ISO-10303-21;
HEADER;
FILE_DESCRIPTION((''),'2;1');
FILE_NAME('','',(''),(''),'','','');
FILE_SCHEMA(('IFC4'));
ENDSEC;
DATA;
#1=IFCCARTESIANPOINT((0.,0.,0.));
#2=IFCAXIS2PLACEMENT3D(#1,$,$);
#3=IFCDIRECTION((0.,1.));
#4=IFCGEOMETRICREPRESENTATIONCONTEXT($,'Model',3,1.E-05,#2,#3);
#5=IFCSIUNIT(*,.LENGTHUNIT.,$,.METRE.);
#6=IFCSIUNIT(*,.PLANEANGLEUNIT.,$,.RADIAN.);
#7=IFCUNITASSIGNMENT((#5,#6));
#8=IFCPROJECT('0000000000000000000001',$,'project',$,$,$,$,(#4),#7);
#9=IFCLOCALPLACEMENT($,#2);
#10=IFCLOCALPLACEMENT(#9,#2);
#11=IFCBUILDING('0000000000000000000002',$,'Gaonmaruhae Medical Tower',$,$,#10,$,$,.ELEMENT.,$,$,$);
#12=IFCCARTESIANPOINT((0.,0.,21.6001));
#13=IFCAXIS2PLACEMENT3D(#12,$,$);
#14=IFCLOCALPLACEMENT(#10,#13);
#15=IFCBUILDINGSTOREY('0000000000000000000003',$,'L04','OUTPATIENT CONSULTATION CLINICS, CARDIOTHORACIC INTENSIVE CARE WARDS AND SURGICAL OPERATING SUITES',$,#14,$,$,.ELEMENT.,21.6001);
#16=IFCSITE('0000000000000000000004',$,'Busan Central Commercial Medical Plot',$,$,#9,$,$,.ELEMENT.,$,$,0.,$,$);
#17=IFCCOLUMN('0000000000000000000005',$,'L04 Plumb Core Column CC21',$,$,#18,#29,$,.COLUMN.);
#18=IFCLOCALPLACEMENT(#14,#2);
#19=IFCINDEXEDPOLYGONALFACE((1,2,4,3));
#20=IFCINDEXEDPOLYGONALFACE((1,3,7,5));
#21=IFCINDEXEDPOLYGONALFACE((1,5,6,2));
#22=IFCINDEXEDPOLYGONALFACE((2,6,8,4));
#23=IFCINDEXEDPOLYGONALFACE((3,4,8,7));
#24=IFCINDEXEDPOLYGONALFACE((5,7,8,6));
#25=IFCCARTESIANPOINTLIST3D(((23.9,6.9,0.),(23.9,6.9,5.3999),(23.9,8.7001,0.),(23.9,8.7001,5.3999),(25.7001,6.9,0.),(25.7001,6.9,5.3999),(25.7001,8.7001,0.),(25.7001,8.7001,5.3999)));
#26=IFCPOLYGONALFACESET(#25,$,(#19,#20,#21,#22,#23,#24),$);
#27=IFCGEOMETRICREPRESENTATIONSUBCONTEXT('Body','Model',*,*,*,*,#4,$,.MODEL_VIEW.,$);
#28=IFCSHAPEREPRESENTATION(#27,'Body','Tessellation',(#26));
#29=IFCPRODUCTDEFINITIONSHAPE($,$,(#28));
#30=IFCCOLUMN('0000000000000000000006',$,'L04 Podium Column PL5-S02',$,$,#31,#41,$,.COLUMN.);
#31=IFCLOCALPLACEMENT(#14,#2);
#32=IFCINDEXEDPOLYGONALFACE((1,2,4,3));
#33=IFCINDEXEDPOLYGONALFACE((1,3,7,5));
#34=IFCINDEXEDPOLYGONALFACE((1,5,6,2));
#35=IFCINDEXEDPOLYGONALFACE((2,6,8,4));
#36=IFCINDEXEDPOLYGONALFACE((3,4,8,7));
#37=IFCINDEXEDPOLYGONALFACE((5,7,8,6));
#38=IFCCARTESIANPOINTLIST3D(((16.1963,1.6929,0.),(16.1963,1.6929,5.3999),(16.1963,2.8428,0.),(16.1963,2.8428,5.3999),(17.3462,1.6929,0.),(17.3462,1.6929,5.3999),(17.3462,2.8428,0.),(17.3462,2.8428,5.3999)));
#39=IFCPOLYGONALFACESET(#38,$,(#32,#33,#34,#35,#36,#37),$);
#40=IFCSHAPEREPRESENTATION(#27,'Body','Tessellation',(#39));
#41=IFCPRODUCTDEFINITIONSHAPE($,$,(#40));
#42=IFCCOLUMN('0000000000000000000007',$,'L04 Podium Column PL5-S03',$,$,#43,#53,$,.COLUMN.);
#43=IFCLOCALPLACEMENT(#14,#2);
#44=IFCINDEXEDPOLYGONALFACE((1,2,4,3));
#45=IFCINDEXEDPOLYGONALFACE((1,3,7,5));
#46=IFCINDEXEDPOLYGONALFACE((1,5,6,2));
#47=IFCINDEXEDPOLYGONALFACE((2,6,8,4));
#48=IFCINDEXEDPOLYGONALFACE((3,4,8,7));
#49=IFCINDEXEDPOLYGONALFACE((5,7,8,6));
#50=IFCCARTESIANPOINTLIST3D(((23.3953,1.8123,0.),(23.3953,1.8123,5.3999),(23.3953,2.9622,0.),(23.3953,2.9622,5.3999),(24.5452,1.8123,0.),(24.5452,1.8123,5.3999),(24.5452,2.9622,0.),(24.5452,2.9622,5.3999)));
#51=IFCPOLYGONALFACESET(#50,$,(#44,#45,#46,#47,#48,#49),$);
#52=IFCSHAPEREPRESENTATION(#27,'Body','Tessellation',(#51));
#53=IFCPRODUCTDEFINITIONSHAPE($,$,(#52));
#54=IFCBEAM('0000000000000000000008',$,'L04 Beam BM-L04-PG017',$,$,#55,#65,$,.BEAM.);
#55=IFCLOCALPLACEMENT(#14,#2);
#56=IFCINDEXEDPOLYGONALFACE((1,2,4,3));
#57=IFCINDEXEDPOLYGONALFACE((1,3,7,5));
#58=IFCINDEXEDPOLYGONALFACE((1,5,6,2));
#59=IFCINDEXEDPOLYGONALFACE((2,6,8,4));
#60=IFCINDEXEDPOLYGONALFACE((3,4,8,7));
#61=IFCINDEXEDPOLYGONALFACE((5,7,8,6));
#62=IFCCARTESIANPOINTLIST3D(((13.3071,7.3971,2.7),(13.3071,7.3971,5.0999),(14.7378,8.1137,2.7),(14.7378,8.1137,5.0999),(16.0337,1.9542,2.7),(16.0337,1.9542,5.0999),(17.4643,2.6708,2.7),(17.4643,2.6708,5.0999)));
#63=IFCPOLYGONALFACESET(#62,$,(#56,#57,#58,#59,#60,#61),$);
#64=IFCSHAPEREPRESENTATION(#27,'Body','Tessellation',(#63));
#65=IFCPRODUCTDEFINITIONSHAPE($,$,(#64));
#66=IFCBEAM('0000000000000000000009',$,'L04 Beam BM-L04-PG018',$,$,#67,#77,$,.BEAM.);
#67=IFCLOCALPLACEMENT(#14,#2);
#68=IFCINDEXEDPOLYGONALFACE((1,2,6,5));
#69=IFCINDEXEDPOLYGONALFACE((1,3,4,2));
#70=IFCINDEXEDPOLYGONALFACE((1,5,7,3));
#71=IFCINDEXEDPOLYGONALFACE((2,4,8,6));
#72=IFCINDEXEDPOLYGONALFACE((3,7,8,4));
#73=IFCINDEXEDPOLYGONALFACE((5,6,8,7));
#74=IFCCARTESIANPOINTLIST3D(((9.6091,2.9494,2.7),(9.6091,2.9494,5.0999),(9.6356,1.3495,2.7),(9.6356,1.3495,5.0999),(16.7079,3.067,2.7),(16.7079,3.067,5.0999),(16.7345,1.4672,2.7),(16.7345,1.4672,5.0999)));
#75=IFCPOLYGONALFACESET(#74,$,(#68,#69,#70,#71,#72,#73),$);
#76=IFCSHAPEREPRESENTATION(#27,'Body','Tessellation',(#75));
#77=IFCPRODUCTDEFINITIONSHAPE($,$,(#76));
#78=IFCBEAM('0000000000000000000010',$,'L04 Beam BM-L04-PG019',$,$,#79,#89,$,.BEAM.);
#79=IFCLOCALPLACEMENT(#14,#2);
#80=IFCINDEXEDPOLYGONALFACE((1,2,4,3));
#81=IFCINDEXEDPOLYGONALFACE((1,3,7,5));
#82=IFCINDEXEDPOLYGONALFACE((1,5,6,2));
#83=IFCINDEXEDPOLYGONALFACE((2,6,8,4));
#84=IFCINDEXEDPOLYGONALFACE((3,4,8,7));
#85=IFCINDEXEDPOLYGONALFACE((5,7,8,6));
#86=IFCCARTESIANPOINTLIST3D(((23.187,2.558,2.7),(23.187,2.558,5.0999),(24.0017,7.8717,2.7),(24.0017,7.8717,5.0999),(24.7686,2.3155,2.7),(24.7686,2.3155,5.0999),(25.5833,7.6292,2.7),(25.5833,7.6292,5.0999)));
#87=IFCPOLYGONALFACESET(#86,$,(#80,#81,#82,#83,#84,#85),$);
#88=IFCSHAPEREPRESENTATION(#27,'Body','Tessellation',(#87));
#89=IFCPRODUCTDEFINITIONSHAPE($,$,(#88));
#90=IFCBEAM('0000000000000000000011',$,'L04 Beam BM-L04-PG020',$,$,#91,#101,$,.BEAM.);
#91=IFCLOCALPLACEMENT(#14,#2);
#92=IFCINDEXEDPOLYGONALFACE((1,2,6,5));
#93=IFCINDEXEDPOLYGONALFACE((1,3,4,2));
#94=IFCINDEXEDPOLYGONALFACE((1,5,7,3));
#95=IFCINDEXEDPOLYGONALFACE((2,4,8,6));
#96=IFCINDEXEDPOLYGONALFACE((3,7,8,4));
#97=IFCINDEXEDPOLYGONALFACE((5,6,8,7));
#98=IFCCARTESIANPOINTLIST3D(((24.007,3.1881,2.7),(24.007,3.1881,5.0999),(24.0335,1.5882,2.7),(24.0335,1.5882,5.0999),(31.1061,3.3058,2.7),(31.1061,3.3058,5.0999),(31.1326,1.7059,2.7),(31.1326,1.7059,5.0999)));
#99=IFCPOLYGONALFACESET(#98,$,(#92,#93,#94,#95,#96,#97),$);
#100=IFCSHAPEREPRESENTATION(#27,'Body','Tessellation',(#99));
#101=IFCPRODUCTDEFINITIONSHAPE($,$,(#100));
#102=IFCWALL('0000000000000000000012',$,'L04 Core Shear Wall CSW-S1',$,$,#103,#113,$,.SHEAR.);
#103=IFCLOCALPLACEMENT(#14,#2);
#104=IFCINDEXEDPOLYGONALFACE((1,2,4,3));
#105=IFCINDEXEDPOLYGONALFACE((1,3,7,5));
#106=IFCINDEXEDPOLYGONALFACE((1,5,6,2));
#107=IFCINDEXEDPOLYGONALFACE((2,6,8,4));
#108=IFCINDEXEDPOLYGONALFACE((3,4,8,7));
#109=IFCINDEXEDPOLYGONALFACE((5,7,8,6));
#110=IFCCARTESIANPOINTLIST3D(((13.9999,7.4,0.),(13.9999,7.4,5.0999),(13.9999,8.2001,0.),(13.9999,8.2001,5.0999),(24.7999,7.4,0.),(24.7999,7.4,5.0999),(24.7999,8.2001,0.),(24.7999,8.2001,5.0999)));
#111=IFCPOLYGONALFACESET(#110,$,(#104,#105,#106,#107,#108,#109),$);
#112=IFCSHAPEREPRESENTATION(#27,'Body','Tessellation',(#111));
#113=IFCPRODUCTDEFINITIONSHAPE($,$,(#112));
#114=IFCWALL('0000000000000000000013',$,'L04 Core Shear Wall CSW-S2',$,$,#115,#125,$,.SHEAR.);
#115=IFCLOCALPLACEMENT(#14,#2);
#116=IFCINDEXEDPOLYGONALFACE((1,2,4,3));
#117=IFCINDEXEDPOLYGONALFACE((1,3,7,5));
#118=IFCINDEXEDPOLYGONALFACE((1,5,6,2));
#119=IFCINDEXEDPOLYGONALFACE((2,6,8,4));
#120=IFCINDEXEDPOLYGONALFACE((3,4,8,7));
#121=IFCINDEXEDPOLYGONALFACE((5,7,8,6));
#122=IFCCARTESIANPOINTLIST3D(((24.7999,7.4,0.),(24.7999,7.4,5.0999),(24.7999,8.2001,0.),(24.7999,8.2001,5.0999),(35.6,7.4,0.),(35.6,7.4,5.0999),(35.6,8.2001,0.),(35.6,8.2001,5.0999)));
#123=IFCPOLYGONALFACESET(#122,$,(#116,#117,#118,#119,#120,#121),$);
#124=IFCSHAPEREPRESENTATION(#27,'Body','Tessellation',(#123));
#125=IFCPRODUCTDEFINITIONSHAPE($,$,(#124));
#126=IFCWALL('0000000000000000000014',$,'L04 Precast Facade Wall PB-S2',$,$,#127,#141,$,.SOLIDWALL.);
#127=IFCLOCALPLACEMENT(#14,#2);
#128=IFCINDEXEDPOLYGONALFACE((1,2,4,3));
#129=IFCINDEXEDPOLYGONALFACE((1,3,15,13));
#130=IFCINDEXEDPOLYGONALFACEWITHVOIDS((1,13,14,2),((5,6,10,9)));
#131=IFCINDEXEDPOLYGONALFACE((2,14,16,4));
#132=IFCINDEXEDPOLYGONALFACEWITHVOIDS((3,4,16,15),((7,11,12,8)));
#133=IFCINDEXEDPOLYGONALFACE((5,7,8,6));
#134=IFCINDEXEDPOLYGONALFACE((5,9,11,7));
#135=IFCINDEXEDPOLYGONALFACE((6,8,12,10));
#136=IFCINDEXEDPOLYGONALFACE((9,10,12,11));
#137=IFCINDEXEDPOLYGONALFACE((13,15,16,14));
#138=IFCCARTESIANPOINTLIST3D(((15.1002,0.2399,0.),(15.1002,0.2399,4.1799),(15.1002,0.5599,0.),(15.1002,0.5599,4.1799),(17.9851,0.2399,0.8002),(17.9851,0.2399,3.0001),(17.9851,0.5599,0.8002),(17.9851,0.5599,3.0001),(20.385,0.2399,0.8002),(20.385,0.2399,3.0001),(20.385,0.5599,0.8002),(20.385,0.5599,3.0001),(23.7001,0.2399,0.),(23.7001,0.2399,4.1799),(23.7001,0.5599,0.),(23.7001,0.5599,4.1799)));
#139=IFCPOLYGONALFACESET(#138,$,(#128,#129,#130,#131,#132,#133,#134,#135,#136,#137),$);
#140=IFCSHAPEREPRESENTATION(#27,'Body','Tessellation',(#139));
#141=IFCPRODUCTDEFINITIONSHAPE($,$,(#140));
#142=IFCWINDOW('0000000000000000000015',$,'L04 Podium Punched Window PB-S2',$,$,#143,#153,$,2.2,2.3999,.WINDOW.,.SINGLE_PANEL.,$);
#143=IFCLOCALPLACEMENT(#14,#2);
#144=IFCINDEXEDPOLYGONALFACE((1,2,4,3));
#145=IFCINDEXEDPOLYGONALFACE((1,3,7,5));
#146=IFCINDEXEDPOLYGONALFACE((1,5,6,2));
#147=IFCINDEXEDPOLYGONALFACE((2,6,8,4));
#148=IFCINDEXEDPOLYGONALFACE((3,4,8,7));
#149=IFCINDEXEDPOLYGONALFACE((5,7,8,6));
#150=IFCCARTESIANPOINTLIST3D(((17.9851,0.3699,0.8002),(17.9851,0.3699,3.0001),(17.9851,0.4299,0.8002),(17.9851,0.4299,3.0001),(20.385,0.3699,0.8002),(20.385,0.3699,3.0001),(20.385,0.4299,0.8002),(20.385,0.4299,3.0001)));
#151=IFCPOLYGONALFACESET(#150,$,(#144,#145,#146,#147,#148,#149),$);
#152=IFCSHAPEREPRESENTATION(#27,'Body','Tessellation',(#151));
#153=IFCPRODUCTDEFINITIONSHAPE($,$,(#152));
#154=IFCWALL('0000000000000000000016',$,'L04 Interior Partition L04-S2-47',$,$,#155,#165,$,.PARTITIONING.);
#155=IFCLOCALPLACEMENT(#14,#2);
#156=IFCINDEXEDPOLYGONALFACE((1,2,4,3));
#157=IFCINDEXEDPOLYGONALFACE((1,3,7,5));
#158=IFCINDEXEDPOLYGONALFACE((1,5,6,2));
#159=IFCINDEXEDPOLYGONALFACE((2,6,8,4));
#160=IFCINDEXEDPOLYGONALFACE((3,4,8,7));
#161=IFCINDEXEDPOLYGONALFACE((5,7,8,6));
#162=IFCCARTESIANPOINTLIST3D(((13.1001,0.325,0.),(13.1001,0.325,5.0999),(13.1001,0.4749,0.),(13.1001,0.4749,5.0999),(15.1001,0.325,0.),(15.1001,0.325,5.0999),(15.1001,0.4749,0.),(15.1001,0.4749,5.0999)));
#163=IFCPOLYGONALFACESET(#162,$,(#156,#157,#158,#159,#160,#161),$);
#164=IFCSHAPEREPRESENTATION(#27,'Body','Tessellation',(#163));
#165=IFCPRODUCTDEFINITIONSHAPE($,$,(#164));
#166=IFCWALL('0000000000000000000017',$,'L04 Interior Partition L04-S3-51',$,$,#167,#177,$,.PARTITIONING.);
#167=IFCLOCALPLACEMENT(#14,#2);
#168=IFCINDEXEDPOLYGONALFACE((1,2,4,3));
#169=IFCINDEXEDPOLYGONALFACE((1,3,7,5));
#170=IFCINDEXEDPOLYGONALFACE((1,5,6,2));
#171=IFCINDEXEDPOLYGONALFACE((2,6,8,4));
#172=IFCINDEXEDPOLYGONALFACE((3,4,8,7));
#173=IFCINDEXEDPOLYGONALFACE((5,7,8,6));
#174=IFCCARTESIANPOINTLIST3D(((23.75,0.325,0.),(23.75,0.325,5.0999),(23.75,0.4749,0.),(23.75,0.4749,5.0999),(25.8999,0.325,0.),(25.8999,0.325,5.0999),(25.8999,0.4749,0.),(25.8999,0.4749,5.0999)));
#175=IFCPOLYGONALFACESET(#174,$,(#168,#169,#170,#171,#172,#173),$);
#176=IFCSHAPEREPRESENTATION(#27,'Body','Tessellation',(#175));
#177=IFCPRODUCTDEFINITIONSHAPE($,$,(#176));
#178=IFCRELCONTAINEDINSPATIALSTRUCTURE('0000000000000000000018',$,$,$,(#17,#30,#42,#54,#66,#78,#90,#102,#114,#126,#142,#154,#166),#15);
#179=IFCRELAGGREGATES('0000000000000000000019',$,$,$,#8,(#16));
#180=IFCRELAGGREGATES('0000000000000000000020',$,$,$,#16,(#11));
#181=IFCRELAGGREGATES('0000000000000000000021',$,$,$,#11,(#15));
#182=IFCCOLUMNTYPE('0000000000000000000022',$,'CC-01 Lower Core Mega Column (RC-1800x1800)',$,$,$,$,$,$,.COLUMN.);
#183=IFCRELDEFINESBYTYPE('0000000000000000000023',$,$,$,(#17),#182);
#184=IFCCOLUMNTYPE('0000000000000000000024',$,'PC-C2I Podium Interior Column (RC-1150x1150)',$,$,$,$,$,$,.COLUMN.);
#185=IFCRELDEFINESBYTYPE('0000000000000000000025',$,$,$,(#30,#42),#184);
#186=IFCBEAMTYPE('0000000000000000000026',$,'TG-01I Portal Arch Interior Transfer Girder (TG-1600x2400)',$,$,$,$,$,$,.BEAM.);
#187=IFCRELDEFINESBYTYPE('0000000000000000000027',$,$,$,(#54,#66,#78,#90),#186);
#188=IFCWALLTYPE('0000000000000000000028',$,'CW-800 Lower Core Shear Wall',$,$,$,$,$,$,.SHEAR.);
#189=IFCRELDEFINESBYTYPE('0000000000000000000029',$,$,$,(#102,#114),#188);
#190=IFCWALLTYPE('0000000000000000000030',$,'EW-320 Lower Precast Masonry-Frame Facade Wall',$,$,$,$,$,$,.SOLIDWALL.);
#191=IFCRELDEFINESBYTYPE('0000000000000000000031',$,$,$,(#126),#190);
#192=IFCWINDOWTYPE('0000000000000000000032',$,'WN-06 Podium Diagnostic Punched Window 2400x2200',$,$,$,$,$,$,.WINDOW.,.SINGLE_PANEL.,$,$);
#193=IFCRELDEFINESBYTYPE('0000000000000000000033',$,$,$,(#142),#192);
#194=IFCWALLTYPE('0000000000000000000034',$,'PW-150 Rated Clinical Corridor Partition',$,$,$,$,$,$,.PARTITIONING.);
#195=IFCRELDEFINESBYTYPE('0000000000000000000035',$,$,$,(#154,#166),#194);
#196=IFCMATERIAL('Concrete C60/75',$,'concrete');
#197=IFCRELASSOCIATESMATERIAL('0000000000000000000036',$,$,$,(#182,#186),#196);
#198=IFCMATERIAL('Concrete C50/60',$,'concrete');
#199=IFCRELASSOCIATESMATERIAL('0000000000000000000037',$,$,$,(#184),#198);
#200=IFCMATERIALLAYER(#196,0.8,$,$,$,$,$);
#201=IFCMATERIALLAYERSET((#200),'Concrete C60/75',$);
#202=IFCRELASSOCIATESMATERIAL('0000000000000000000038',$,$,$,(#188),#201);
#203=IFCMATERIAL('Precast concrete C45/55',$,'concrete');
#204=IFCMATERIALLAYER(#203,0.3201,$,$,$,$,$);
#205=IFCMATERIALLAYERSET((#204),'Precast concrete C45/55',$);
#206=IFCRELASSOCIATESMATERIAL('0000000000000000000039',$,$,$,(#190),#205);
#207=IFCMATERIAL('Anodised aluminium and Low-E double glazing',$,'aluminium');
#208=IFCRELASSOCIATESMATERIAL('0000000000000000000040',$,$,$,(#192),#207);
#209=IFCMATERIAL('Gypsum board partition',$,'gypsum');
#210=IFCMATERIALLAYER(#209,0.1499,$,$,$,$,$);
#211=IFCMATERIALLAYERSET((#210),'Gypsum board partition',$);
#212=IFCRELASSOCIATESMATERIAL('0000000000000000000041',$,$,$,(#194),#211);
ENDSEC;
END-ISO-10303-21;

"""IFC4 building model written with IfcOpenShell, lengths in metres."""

from ifc_helpers import new_model, si_unit, direction, frame, frame_2d, origin, origin_2d, place, context, subcontext, project, spatial, rectangle, extrude, material, layer, layer_set, material_profile, profile_set, type_object, element, fill, save


model = new_model("IFC4")

# Units and contexts
model_context = context("Model", 3, precision=1e-05, world=origin(), true_north=direction((0.0, 1.0)))
body_context = subcontext(model_context, "Body", "Model", "MODEL_VIEW")
ifc_project = project(units=[si_unit("LENGTHUNIT", "METRE"), si_unit("PLANEANGLEUNIT", "RADIAN")], contexts=[model_context])

# Site, building, storey
site_placement = place(None, origin())
site = spatial("IfcSite", under=ifc_project, at=site_placement, Name="Busan Central Commercial Medical Plot", CompositionType="ELEMENT", RefElevation=0.0)
building_placement = place(site_placement, origin())
building = spatial("IfcBuilding", under=site, at=building_placement, Name="Gaonmaruhae Medical Tower", CompositionType="ELEMENT")
storey_placement = place(building_placement, frame((0.0, 0.0, 21.6001)))
storey = spatial("IfcBuildingStorey", under=building, at=storey_placement, Name="L04", Description="OUTPATIENT CONSULTATION CLINICS, CARDIOTHORACIC INTENSIVE CARE WARDS AND SURGICAL OPERATING SUITES", CompositionType="ELEMENT", Elevation=21.6001)

# Columns
ifc_material_1 = material(Name="Concrete C60/75", Category="concrete")
ifc_material_profile_1 = material_profile(ifc_material_1, rectangle(XDim=1.8, YDim=1.8, at=origin_2d()), Name="RC-1800x1800")
ifc_profile_set_1 = profile_set([ifc_material_profile_1], Name="Concrete C60/75")
column_type_1 = type_object("IfcColumnType", Name="CC-01 Lower Core Mega Column (RC-1800x1800)", PredefinedType="COLUMN", material=ifc_profile_set_1)
column_placement = place(storey_placement, frame((24.8, 7.8, 0.0), z_axis=(0.0, 0.0, 1.0), x_axis=(1.0, 0.0, 0.0)))
element("IfcColumn", 1, at=column_placement, inside=storey, type_object=column_type_1, Name="L04 Plumb Core Column CC21", PredefinedType="COLUMN", context=body_context, shape_type="SweptSolid", body=[
    extrude(rectangle(XDim=1.8, YDim=1.8, at=origin_2d()), origin(), (0.0, 0.0, 1.0), 5.3999),
])
ifc_material_2 = material(Name="Concrete C50/60", Category="concrete")
ifc_material_profile_2 = material_profile(ifc_material_2, rectangle(XDim=1.1499, YDim=1.1499, at=origin_2d()), Name="RC-1150x1150")
ifc_profile_set_2 = profile_set([ifc_material_profile_2], Name="Concrete C50/60")
column_type_2 = type_object("IfcColumnType", Name="PC-C2I Podium Interior Column (RC-1150x1150)", PredefinedType="COLUMN", material=ifc_profile_set_2)
for number, where, z_axis, x_axis, name in (
    (2, (16.7712, 2.2678, 0.0), (0.0, 0.0, 1.0), (1.0, 0.0, 0.0), "L04 Podium Column PL5-S02"),
    (3, (23.9702, 2.3872, 0.0), (0.0, 0.0, 1.0), (1.0, 0.0, 0.0), "L04 Podium Column PL5-S03"),
):
    element("IfcColumn", number, at=place(storey_placement, frame(where, z_axis=z_axis, x_axis=x_axis)), inside=storey, type_object=column_type_2, Name=name, PredefinedType="COLUMN", context=body_context, shape_type="SweptSolid", body=[
        extrude(rectangle(XDim=1.1499, YDim=1.1499, at=origin_2d()), origin(), (0.0, 0.0, 1.0), 5.3999),
    ])

# Beams
ifc_material_profile_3 = material_profile(ifc_material_1, rectangle(XDim=1.6001, YDim=2.3999, at=origin_2d()), Name="TG-1600x2400")
ifc_profile_set_3 = profile_set([ifc_material_profile_3], Name="Concrete C60/75")
beam_type = type_object("IfcBeamType", Name="TG-01I Portal Arch Interior Transfer Girder (TG-1600x2400)", PredefinedType="BEAM", material=ifc_profile_set_3)
beam_1_placement = place(storey_placement, frame((16.749, 2.3125, 3.8999), z_axis=(-0.447887, 0.89409, 0.0), x_axis=(-0.89409, -0.447887, 0.0)))
element("IfcBeam", 4, at=beam_1_placement, inside=storey, type_object=beam_type, Name="L04 Beam BM-L04-PG017", PredefinedType="BEAM", context=body_context, shape_type="SweptSolid", body=[
    extrude(rectangle(XDim=1.6001, YDim=2.3999, at=origin_2d()), origin(), (0.0, 0.0, 1.0), 6.0876),
])
beam_2_placement = place(storey_placement, frame((16.7212, 2.2671, 3.8999), z_axis=(-0.999863, -0.016574, 0.0), x_axis=(0.016574, -0.999863, 0.0)))
element("IfcBeam", 5, at=beam_2_placement, inside=storey, type_object=beam_type, Name="L04 Beam BM-L04-PG018", PredefinedType="BEAM", context=body_context, shape_type="SweptSolid", body=[
    extrude(rectangle(XDim=1.6001, YDim=2.3999, at=origin_2d()), origin(), (0.0, 0.0, 1.0), 7.0999),
])
beam_3_placement = place(storey_placement, frame((23.9778, 2.4368, 3.8999), z_axis=(0.151549, 0.98845, 0.0), x_axis=(-0.98845, 0.151549, 0.0)))
element("IfcBeam", 6, at=beam_3_placement, inside=storey, type_object=beam_type, Name="L04 Beam BM-L04-PG019", PredefinedType="BEAM", context=body_context, shape_type="SweptSolid", body=[
    extrude(rectangle(XDim=1.6001, YDim=2.3999, at=origin_2d()), origin(), (0.0, 0.0, 1.0), 5.3757),
])
beam_4_placement = place(storey_placement, frame((24.0203, 2.3882, 3.8999), z_axis=(0.999863, 0.016574, 0.0), x_axis=(-0.016574, 0.999863, 0.0)))
element("IfcBeam", 7, at=beam_4_placement, inside=storey, type_object=beam_type, Name="L04 Beam BM-L04-PG020", PredefinedType="BEAM", context=body_context, shape_type="SweptSolid", body=[
    extrude(rectangle(XDim=1.6001, YDim=2.3999, at=origin_2d()), origin(), (0.0, 0.0, 1.0), 7.1001),
])

# Walls
ifc_layer_1 = layer(ifc_material_1, 0.8)
ifc_layer_set_1 = layer_set([ifc_layer_1], Name="Concrete C60/75")
wall_type_1 = type_object("IfcWallType", Name="CW-800 Lower Core Shear Wall", PredefinedType="SHEAR", material=ifc_layer_set_1)
for number, where, z_axis, x_axis, name in (
    (8, (14.0, 7.8, 0.0), (0.0, 0.0, 1.0), (1.0, 0.0, 0.0), "L04 Core Shear Wall CSW-S1"),
    (9, (24.8, 7.8, 0.0), (0.0, 0.0, 1.0), (1.0, 0.0, 0.0), "L04 Core Shear Wall CSW-S2"),
):
    element("IfcWall", number, at=place(storey_placement, frame(where, z_axis=z_axis, x_axis=x_axis)), inside=storey, type_object=wall_type_1, Name=name, PredefinedType="SHEAR", context=body_context, shape_type="SweptSolid", body=[
        extrude(rectangle(XDim=10.8, YDim=0.8, at=frame_2d((5.3999, 0.0))), origin(), (0.0, 0.0, 1.0), 5.0999),
    ])

# Wall, opening, window
ifc_material_3 = material(Name="Precast concrete C45/55", Category="concrete")
ifc_layer_2 = layer(ifc_material_3, 0.3201)
ifc_layer_set_2 = layer_set([ifc_layer_2], Name="Precast concrete C45/55")
wall_type_2 = type_object("IfcWallType", Name="EW-320 Lower Precast Masonry-Frame Facade Wall", PredefinedType="SOLIDWALL", material=ifc_layer_set_2)
wall_1_placement = place(storey_placement, frame((23.7, 0.3999, 0.0), z_axis=(0.0, 0.0, 1.0), x_axis=(-1.0, 0.0, 0.0)))
wall_1 = element("IfcWall", 10, at=wall_1_placement, inside=storey, type_object=wall_type_2, Name="L04 Precast Facade Wall PB-S2", PredefinedType="SOLIDWALL", context=body_context, shape_type="SweptSolid", body=[
    extrude(rectangle(XDim=8.5999, YDim=0.3201, at=frame_2d((4.2998, 0.0))), origin(), (0.0, 0.0, 1.0), 4.1799),
])
opening_1_placement = place(wall_1_placement, frame((3.3149, 0.0, 0.8)))
opening_1 = element("IfcOpeningElement", 11, at=opening_1_placement, cuts=wall_1, PredefinedType="OPENING", context=body_context, shape_type="SweptSolid", body=[
    extrude(rectangle(XDim=2.3999, YDim=2.2, at=frame_2d((1.2, 1.1001))), frame((0.0, 0.1699, 0.0), z_axis=(0.0, -1.0, 0.0), x_axis=(1.0, 0.0, 0.0)), (0.0, 0.0, 1.0), 0.3401),
])
ifc_material_4 = material(Name="Anodised aluminium and Low-E double glazing", Category="aluminium")
window_type = type_object("IfcWindowType", Name="WN-06 Podium Diagnostic Punched Window 2400x2200", PartitioningType="SINGLE_PANEL", PredefinedType="WINDOW", material=ifc_material_4)
window_placement = place(opening_1_placement, origin())
window = element("IfcWindow", 12, at=window_placement, inside=storey, type_object=window_type, Name="L04 Podium Punched Window PB-S2", OverallHeight=2.2, OverallWidth=2.3999, PartitioningType="SINGLE_PANEL", PredefinedType="WINDOW", context=body_context, shape_type="SweptSolid", body=[
    extrude(rectangle(XDim=2.3999, YDim=2.2, at=frame_2d((1.2, 1.1001))), frame((0.0, 0.03, 0.0), z_axis=(0.0, -1.0, 0.0), x_axis=(1.0, 0.0, 0.0)), (0.0, 0.0, 1.0), 0.0601),
])
fill(opening_1, window)

# Wall
ifc_material_5 = material(Name="Gypsum board partition", Category="gypsum")
ifc_layer_3 = layer(ifc_material_5, 0.1499)
ifc_layer_set_3 = layer_set([ifc_layer_3], Name="Gypsum board partition")
wall_type_3 = type_object("IfcWallType", Name="PW-150 Rated Clinical Corridor Partition", PredefinedType="PARTITIONING", material=ifc_layer_set_3)
wall_2_placement = place(storey_placement, frame((15.1001, 0.3999, 0.0), z_axis=(0.0, 0.0, 1.0), x_axis=(-1.0, 0.0, 0.0)))
element("IfcWall", 13, at=wall_2_placement, inside=storey, type_object=wall_type_3, Name="L04 Interior Partition L04-S2-47", PredefinedType="PARTITIONING", context=body_context, shape_type="SweptSolid", body=[
    extrude(rectangle(XDim=2.0, YDim=0.1499, at=frame_2d((1.0, 0.0))), origin(), (0.0, 0.0, 1.0), 5.0999),
])

# Wall
wall_3_placement = place(storey_placement, frame((25.8999, 0.3999, 0.0), z_axis=(0.0, 0.0, 1.0), x_axis=(-1.0, 0.0, 0.0)))
element("IfcWall", 14, at=wall_3_placement, inside=storey, type_object=wall_type_3, Name="L04 Interior Partition L04-S3-51", PredefinedType="PARTITIONING", context=body_context, shape_type="SweptSolid", body=[
    extrude(rectangle(XDim=2.1499, YDim=0.1499, at=frame_2d((1.075, 0.0))), origin(), (0.0, 0.0, 1.0), 5.0999),
])

save(model, "model.ifc")
